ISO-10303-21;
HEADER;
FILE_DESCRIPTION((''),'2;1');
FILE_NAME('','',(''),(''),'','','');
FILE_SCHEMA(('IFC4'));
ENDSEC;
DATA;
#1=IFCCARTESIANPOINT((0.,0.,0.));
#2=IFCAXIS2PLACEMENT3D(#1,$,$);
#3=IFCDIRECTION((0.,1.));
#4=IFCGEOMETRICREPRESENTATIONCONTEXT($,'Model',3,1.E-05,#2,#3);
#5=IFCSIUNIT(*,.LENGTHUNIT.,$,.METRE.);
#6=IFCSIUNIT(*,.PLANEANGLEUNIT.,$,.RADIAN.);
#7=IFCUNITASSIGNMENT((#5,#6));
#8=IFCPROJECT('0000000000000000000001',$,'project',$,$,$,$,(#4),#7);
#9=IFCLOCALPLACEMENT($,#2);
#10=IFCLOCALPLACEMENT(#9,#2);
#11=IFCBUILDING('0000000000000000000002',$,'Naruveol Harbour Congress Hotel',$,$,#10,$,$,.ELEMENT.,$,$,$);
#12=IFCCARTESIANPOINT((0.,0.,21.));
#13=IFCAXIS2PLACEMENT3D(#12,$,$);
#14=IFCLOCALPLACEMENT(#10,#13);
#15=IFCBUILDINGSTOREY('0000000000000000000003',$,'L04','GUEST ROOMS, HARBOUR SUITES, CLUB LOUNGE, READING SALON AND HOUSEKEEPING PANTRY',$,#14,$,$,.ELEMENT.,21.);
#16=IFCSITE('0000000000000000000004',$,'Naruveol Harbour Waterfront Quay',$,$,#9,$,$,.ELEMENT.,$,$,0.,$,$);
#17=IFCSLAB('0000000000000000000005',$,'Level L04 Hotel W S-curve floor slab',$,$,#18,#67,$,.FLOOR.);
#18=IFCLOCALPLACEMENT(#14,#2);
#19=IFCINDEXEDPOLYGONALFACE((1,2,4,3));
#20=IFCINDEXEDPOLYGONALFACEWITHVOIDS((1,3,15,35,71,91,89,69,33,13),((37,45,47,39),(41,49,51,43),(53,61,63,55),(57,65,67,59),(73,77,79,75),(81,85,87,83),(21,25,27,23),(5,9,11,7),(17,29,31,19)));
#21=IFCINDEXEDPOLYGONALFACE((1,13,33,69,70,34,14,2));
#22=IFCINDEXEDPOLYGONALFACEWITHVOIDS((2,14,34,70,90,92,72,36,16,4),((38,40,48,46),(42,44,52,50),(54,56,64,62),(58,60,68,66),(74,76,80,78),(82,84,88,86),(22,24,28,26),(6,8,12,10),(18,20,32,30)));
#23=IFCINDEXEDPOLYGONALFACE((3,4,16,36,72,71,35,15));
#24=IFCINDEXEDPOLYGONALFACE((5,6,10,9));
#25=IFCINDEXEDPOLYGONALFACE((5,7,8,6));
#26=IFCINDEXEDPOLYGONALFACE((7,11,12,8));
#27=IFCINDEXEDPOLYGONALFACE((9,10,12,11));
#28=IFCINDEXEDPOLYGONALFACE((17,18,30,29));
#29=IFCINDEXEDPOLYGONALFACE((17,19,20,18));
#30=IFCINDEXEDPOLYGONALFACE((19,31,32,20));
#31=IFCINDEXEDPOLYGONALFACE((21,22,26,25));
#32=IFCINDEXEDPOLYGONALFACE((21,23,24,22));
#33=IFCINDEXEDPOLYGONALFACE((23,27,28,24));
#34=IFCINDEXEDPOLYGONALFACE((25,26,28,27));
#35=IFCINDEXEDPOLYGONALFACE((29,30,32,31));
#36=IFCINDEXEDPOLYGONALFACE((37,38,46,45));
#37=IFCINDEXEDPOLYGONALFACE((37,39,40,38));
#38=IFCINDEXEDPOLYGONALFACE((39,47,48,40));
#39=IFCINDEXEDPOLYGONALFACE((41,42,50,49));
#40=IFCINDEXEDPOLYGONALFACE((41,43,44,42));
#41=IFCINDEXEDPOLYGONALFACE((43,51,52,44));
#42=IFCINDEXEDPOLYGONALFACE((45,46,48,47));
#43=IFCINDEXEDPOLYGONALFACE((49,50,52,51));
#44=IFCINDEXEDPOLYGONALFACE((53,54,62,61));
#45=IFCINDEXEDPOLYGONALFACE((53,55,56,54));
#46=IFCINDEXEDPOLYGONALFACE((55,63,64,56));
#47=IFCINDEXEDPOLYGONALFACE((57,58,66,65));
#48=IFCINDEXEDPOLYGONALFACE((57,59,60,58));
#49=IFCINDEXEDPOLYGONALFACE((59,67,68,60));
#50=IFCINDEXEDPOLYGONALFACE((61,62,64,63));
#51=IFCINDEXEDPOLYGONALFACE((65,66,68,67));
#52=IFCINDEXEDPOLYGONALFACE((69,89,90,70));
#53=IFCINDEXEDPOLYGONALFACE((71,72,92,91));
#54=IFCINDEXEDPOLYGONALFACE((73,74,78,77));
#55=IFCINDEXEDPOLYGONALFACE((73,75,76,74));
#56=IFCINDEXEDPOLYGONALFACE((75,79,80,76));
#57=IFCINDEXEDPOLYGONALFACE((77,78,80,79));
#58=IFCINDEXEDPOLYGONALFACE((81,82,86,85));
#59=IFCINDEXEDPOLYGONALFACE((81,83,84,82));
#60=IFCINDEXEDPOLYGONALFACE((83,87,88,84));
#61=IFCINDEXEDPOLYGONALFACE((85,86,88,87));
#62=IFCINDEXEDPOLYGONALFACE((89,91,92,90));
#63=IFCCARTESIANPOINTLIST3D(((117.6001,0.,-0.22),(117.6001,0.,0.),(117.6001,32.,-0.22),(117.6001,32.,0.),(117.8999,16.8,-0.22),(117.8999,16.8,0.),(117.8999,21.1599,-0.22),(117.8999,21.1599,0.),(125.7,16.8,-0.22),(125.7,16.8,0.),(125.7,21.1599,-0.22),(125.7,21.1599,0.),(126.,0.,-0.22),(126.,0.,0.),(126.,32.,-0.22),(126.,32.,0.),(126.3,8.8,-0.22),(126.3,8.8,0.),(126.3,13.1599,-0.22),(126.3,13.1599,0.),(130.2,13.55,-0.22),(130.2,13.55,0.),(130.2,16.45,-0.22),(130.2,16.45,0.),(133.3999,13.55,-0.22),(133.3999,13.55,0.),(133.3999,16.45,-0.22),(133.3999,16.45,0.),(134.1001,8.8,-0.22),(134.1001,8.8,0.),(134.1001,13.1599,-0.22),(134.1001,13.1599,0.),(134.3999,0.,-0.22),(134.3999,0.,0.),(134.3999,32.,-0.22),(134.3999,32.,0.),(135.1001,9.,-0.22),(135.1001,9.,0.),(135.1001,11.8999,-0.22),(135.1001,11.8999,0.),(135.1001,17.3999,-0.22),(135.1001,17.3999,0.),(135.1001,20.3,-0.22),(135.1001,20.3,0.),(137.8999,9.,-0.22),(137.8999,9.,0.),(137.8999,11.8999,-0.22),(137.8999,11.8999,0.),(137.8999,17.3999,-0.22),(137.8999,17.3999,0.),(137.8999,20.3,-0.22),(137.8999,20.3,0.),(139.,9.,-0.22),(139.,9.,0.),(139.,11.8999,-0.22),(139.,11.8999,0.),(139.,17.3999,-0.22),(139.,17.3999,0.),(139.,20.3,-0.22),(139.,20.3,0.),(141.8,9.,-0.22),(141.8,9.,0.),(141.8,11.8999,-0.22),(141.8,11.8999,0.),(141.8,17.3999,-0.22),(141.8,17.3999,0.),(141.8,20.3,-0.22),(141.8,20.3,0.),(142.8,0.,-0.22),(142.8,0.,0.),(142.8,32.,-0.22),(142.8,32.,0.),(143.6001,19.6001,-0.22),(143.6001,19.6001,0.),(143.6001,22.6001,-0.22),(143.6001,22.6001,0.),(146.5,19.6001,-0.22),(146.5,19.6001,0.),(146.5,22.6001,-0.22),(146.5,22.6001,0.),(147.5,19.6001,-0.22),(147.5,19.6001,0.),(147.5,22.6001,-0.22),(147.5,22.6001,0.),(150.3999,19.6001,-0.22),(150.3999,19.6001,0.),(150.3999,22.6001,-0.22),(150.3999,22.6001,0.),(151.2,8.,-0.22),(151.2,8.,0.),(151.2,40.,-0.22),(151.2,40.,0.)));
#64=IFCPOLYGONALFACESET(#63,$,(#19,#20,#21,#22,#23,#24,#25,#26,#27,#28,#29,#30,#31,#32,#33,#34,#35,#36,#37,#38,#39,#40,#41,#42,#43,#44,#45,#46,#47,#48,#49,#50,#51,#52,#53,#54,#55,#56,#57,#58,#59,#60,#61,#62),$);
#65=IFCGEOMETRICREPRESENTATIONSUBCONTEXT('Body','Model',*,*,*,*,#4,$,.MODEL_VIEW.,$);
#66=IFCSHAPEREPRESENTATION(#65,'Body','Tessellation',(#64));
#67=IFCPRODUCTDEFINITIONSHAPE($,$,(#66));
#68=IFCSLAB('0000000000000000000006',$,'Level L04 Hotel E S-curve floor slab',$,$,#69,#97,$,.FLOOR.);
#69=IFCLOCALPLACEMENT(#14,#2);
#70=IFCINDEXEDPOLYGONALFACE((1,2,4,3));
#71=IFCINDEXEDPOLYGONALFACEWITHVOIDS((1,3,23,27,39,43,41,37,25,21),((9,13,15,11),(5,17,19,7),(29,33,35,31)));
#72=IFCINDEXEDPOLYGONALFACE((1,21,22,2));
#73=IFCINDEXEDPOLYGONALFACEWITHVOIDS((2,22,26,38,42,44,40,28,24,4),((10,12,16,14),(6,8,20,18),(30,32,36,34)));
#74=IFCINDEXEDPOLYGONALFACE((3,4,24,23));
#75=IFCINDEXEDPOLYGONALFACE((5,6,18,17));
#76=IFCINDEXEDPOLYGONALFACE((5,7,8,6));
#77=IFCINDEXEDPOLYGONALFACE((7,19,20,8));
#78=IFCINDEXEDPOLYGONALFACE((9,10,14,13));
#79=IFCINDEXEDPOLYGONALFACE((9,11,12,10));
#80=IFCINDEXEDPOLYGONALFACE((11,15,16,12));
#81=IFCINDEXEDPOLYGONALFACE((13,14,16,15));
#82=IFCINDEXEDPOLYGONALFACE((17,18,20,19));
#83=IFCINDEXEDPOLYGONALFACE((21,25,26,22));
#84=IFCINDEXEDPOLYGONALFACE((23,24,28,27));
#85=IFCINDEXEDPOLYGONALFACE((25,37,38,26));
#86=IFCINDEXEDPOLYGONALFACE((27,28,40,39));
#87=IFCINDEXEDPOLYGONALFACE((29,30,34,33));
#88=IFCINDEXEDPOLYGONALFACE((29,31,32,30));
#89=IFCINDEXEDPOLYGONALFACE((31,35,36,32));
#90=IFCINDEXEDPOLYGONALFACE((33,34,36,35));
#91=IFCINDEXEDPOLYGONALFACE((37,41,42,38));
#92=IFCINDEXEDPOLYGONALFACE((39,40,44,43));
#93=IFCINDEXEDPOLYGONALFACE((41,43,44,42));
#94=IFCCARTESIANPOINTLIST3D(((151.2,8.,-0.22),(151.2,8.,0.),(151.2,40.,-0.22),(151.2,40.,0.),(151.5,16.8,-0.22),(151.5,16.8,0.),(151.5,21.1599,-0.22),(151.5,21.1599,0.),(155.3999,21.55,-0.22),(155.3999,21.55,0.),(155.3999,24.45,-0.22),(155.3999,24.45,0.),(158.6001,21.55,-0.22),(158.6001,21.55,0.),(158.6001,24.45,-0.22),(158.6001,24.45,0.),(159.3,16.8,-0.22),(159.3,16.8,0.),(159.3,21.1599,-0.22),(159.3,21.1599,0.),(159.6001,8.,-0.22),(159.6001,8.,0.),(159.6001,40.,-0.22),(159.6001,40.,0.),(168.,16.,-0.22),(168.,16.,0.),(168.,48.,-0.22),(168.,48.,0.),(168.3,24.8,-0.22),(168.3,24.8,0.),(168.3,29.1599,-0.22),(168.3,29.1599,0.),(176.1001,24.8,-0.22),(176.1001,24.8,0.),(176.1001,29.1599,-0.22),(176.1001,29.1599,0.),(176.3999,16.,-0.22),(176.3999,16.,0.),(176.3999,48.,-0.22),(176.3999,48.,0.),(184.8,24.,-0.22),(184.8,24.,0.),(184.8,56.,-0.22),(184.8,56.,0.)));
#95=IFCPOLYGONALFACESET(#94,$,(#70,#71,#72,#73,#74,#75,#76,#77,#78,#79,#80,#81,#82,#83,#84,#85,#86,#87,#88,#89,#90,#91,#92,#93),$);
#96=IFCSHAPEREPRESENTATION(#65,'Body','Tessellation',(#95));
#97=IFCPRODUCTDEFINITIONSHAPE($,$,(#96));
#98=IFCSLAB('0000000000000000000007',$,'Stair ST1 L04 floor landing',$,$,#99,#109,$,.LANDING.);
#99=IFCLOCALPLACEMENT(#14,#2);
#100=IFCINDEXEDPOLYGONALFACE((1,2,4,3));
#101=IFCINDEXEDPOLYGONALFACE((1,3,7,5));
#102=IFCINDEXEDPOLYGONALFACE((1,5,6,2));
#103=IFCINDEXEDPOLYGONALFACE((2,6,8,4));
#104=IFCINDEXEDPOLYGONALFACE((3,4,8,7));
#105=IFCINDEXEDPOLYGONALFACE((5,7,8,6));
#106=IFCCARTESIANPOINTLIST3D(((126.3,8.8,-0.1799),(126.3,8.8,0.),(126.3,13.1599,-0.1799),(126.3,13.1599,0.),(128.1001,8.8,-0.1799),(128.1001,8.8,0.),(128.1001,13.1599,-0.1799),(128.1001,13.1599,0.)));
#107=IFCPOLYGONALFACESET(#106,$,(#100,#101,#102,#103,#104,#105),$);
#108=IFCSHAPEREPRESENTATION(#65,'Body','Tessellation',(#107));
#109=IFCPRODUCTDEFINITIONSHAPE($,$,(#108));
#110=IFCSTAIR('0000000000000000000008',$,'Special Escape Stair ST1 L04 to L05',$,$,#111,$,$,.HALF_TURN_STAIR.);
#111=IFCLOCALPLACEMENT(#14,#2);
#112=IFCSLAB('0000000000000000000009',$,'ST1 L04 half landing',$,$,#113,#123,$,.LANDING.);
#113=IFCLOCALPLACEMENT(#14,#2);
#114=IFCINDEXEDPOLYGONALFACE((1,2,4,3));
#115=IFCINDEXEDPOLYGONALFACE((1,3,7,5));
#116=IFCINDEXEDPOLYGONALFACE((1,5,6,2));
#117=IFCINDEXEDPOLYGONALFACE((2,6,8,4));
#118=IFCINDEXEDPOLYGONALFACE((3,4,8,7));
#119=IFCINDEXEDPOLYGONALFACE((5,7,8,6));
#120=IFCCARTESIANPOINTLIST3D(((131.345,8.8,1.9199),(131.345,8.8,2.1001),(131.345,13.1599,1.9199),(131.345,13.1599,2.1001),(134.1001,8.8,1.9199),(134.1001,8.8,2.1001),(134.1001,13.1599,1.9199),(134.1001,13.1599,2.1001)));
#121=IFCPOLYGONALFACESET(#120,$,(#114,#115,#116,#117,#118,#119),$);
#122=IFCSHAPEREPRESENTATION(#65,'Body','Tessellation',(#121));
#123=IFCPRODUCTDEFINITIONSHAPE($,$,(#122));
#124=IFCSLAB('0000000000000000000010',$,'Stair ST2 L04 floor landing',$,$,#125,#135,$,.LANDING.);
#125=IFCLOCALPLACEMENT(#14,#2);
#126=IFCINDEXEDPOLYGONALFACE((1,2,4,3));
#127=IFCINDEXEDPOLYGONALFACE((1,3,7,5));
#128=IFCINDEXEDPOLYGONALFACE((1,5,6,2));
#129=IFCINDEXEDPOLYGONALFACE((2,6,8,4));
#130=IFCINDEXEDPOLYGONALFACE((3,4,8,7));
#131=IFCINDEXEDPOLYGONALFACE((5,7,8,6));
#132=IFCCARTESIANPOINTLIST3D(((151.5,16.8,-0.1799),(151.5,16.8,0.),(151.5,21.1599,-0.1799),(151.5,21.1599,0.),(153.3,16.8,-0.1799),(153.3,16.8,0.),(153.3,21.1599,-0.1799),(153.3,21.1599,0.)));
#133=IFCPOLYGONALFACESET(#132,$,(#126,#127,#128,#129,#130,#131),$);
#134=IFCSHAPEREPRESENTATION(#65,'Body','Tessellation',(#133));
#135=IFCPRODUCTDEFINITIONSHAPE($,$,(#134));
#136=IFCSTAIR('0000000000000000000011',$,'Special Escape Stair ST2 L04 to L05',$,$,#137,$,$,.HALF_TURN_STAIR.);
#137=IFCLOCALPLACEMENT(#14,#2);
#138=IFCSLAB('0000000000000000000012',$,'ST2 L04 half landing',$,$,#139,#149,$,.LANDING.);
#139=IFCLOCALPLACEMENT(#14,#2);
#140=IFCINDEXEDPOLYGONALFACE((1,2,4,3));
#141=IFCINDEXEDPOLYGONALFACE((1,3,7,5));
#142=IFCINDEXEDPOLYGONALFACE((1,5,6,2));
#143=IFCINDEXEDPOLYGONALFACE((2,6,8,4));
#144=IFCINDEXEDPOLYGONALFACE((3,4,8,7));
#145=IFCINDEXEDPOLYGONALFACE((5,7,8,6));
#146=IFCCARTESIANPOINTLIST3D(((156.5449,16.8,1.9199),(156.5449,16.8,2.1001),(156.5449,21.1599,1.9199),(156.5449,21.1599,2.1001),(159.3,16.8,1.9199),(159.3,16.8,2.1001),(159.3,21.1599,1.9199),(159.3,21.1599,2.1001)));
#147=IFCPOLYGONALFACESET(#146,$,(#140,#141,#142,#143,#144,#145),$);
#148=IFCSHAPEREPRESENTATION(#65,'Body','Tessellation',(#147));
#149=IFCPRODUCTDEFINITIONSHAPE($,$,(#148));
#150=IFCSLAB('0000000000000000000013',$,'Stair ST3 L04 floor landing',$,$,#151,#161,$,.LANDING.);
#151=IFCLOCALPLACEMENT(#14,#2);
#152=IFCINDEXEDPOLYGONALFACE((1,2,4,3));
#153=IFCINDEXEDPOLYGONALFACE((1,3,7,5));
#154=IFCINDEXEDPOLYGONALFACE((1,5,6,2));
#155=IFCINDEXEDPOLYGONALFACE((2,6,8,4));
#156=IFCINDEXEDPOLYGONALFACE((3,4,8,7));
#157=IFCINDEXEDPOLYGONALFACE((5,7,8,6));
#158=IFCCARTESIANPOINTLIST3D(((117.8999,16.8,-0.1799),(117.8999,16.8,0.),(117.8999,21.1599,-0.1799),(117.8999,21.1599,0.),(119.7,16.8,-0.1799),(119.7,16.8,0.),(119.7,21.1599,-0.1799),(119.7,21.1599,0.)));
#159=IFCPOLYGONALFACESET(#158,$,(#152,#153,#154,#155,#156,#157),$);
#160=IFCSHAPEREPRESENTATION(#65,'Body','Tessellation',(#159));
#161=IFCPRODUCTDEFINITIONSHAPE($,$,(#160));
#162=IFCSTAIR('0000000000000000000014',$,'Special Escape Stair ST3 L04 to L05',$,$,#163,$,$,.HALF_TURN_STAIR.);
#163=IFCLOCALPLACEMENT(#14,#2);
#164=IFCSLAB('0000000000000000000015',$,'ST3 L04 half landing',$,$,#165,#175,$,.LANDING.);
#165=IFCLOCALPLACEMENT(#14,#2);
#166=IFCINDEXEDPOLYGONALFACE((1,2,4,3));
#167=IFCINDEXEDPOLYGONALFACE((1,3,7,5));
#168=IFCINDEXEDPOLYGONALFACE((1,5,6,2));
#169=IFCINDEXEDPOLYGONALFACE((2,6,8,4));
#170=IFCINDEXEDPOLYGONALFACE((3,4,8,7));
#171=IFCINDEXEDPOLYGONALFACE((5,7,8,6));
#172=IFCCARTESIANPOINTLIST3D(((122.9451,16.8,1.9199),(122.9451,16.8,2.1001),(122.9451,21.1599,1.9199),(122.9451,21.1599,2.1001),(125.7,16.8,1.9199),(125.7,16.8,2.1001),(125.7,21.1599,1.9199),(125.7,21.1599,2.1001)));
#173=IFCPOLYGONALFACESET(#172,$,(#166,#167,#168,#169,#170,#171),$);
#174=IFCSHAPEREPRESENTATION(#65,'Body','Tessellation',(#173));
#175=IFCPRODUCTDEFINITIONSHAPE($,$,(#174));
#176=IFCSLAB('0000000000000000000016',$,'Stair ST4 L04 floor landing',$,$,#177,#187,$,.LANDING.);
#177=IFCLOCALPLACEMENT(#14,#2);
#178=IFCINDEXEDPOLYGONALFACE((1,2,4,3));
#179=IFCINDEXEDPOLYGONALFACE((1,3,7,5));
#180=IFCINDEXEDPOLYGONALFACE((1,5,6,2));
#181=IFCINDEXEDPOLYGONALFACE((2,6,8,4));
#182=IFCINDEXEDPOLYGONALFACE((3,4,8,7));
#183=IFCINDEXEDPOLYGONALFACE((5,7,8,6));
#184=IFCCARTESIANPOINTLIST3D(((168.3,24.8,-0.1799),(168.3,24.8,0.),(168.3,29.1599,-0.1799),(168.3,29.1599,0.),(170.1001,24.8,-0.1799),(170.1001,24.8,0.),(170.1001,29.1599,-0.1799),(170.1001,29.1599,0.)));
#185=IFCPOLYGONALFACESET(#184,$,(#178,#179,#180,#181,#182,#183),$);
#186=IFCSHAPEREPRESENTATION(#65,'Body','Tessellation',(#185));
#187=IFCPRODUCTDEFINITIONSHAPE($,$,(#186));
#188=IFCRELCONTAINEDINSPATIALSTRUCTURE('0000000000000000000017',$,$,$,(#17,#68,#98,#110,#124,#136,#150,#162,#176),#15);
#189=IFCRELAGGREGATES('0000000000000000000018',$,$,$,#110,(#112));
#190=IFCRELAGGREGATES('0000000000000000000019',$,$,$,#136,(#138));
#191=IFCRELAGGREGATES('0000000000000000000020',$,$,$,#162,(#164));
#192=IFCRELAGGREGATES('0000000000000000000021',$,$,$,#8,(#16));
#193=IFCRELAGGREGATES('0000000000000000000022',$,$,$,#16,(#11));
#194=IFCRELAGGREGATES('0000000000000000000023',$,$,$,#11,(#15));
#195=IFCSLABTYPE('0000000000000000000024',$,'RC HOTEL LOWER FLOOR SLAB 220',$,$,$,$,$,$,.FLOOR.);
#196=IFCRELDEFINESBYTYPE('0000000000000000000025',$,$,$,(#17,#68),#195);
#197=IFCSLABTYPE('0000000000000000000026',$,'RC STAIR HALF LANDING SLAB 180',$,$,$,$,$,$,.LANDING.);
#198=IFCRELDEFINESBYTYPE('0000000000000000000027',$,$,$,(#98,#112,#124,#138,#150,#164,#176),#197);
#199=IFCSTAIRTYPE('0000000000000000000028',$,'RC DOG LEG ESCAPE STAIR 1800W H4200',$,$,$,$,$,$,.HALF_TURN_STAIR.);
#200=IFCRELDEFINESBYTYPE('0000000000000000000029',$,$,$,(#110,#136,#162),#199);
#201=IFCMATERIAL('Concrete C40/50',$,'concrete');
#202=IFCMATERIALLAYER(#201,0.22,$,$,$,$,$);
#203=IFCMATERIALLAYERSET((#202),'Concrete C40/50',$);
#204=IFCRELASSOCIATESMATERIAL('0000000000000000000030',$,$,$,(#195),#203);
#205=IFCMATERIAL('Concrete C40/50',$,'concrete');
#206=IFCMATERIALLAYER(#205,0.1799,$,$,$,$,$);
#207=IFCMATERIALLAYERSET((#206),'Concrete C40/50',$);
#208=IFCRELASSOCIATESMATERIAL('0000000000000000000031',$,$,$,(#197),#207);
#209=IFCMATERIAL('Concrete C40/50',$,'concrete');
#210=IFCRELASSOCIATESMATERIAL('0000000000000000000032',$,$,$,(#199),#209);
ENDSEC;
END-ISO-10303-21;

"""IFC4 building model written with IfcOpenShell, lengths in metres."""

from ifc_helpers import new_model, si_unit, direction, frame, origin, place, context, subcontext, project, spatial, polyline, outline, extrude, material, layer, layer_set, type_object, element, aggregate, save


model = new_model("IFC4")

# Units and contexts
model_context = context("Model", 3, precision=1e-05, world=origin(), true_north=direction((0.0, 1.0)))
body_context = subcontext(model_context, "Body", "Model", "MODEL_VIEW")
ifc_project = project(units=[si_unit("LENGTHUNIT", "METRE"), si_unit("PLANEANGLEUNIT", "RADIAN")], contexts=[model_context])

# Site, building, storey
site_placement = place(None, origin())
site = spatial("IfcSite", under=ifc_project, at=site_placement, Name="Naruveol Harbour Waterfront Quay", CompositionType="ELEMENT", RefElevation=0.0)
building_placement = place(site_placement, origin())
building = spatial("IfcBuilding", under=site, at=building_placement, Name="Naruveol Harbour Congress Hotel", CompositionType="ELEMENT")
storey_placement = place(building_placement, frame((0.0, 0.0, 21.0)))
storey = spatial("IfcBuildingStorey", under=building, at=storey_placement, Name="L04", Description="GUEST ROOMS, HARBOUR SUITES, CLUB LOUNGE, READING SALON AND HOUSEKEEPING PANTRY", CompositionType="ELEMENT", Elevation=21.0)

# Slabs
ifc_material_1 = material(Name="Concrete C40/50", Category="concrete")
ifc_layer_1 = layer(ifc_material_1, 0.22)
ifc_layer_set_1 = layer_set([ifc_layer_1], Name="Concrete C40/50")
slab_type_1 = type_object("IfcSlabType", Name="RC HOTEL LOWER FLOOR SLAB 220", PredefinedType="FLOOR", material=ifc_layer_set_1)
slab_1_placement = place(storey_placement, frame((0.0, 0.0, -0.22)))
element("IfcSlab", 1, at=slab_1_placement, inside=storey, type_object=slab_type_1, Name="Level L04 Hotel W S-curve floor slab", PredefinedType="FLOOR", context=body_context, shape_type="SweptSolid", body=[
    extrude(outline(polyline([(117.6001, 0.0), (126.0, 0.0), (134.3999, 0.0), (142.8, 0.0), (151.2, 8.0), (151.2, 40.0), (142.8, 32.0), (134.3999, 32.0), (126.0, 32.0), (117.6001, 32.0), (117.6001, 0.0)]), holes=[polyline([(126.3, 8.8), (134.1001, 8.8), (134.1001, 13.1599), (126.3, 13.1599), (126.3, 8.8)]), polyline([(117.8999, 16.8), (125.7, 16.8), (125.7, 21.1599), (117.8999, 21.1599), (117.8999, 16.8)]), polyline([(135.1001, 17.3999), (137.8999, 17.3999), (137.8999, 20.3), (135.1001, 20.3), (135.1001, 17.3999)]), polyline([(139.0, 17.3999), (141.8, 17.3999), (141.8, 20.3), (139.0, 20.3), (139.0, 17.3999)]), polyline([(135.1001, 9.0), (137.8999, 9.0), (137.8999, 11.8999), (135.1001, 11.8999), (135.1001, 9.0)]), polyline([(139.0, 9.0), (141.8, 9.0), (141.8, 11.8999), (139.0, 11.8999), (139.0, 9.0)]), polyline([(130.2, 13.55), (133.3999, 13.55), (133.3999, 16.45), (130.2, 16.45), (130.2, 13.55)]), polyline([(143.6001, 19.6001), (146.5, 19.6001), (146.5, 22.6001), (143.6001, 22.6001), (143.6001, 19.6001)]), polyline([(147.5, 19.6001), (150.3999, 19.6001), (150.3999, 22.6001), (147.5, 22.6001), (147.5, 19.6001)])]), origin(), (0.0, 0.0, 1.0), 0.22),
])
slab_2_placement = place(storey_placement, frame((0.0, 0.0, -0.22)))
element("IfcSlab", 2, at=slab_2_placement, inside=storey, type_object=slab_type_1, Name="Level L04 Hotel E S-curve floor slab", PredefinedType="FLOOR", context=body_context, shape_type="SweptSolid", body=[
    extrude(outline(polyline([(151.2, 8.0), (159.6001, 8.0), (168.0, 16.0), (176.3999, 16.0), (184.8, 24.0), (184.8, 56.0), (176.3999, 48.0), (168.0, 48.0), (159.6001, 40.0), (151.2, 40.0), (151.2, 8.0)]), holes=[polyline([(151.5, 16.8), (159.3, 16.8), (159.3, 21.1599), (151.5, 21.1599), (151.5, 16.8)]), polyline([(168.3, 24.8), (176.1001, 24.8), (176.1001, 29.1599), (168.3, 29.1599), (168.3, 24.8)]), polyline([(155.3999, 21.55), (158.6001, 21.55), (158.6001, 24.45), (155.3999, 24.45), (155.3999, 21.55)])]), origin(), (0.0, 0.0, 1.0), 0.22),
])

# Slab
ifc_material_2 = material(Name="Concrete C40/50", Category="concrete")
ifc_layer_2 = layer(ifc_material_2, 0.1799)
ifc_layer_set_2 = layer_set([ifc_layer_2], Name="Concrete C40/50")
slab_type_2 = type_object("IfcSlabType", Name="RC STAIR HALF LANDING SLAB 180", PredefinedType="LANDING", material=ifc_layer_set_2)
slab_3_placement = place(storey_placement, frame((0.0, 0.0, -0.1799)))
element("IfcSlab", 3, at=slab_3_placement, inside=storey, type_object=slab_type_2, Name="Stair ST1 L04 floor landing", PredefinedType="LANDING", context=body_context, shape_type="SweptSolid", body=[
    extrude(outline(polyline([(126.3, 8.8), (128.1001, 8.8), (128.1001, 13.1599), (126.3, 13.1599), (126.3, 8.8)])), origin(), (0.0, 0.0, 1.0), 0.1799),
])

# Stair, slab
ifc_material_3 = material(Name="Concrete C40/50", Category="concrete")
stair_type = type_object("IfcStairType", Name="RC DOG LEG ESCAPE STAIR 1800W H4200", PredefinedType="HALF_TURN_STAIR", material=ifc_material_3)
stair_1_placement = place(storey_placement, origin())
stair_1 = element("IfcStair", 4, at=stair_1_placement, inside=storey, type_object=stair_type, Name="Special Escape Stair ST1 L04 to L05", PredefinedType="HALF_TURN_STAIR")
slab_4_placement = place(storey_placement, frame((0.0, 0.0, 1.9199)))
slab_4 = element("IfcSlab", 5, at=slab_4_placement, type_object=slab_type_2, Name="ST1 L04 half landing", PredefinedType="LANDING", context=body_context, shape_type="SweptSolid", body=[
    extrude(outline(polyline([(131.345, 8.8), (134.1001, 8.8), (134.1001, 13.1599), (131.345, 13.1599), (131.345, 8.8)])), origin(), (0.0, 0.0, 1.0), 0.1802),
])
aggregate(stair_1, [slab_4])

# Slab
slab_5_placement = place(storey_placement, frame((0.0, 0.0, -0.1799)))
element("IfcSlab", 6, at=slab_5_placement, inside=storey, type_object=slab_type_2, Name="Stair ST2 L04 floor landing", PredefinedType="LANDING", context=body_context, shape_type="SweptSolid", body=[
    extrude(outline(polyline([(151.5, 16.8), (153.3, 16.8), (153.3, 21.1599), (151.5, 21.1599), (151.5, 16.8)])), origin(), (0.0, 0.0, 1.0), 0.1799),
])

# Stair, slab
stair_2_placement = place(storey_placement, origin())
stair_2 = element("IfcStair", 7, at=stair_2_placement, inside=storey, type_object=stair_type, Name="Special Escape Stair ST2 L04 to L05", PredefinedType="HALF_TURN_STAIR")
slab_6_placement = place(storey_placement, frame((0.0, 0.0, 1.9199)))
slab_6 = element("IfcSlab", 8, at=slab_6_placement, type_object=slab_type_2, Name="ST2 L04 half landing", PredefinedType="LANDING", context=body_context, shape_type="SweptSolid", body=[
    extrude(outline(polyline([(156.5449, 16.8), (159.3, 16.8), (159.3, 21.1599), (156.5449, 21.1599), (156.5449, 16.8)])), origin(), (0.0, 0.0, 1.0), 0.1802),
])
aggregate(stair_2, [slab_6])

# Slab
slab_7_placement = place(storey_placement, frame((0.0, 0.0, -0.1799)))
element("IfcSlab", 9, at=slab_7_placement, inside=storey, type_object=slab_type_2, Name="Stair ST3 L04 floor landing", PredefinedType="LANDING", context=body_context, shape_type="SweptSolid", body=[
    extrude(outline(polyline([(117.8999, 16.8), (119.7, 16.8), (119.7, 21.1599), (117.8999, 21.1599), (117.8999, 16.8)])), origin(), (0.0, 0.0, 1.0), 0.1799),
])

# Stair, slab
stair_3_placement = place(storey_placement, origin())
stair_3 = element("IfcStair", 10, at=stair_3_placement, inside=storey, type_object=stair_type, Name="Special Escape Stair ST3 L04 to L05", PredefinedType="HALF_TURN_STAIR")
slab_8_placement = place(storey_placement, frame((0.0, 0.0, 1.9199)))
slab_8 = element("IfcSlab", 11, at=slab_8_placement, type_object=slab_type_2, Name="ST3 L04 half landing", PredefinedType="LANDING", context=body_context, shape_type="SweptSolid", body=[
    extrude(outline(polyline([(122.9451, 16.8), (125.7, 16.8), (125.7, 21.1599), (122.9451, 21.1599), (122.9451, 16.8)])), origin(), (0.0, 0.0, 1.0), 0.1802),
])
aggregate(stair_3, [slab_8])

# Slab
slab_9_placement = place(storey_placement, frame((0.0, 0.0, -0.1799)))
element("IfcSlab", 12, at=slab_9_placement, inside=storey, type_object=slab_type_2, Name="Stair ST4 L04 floor landing", PredefinedType="LANDING", context=body_context, shape_type="SweptSolid", body=[
    extrude(outline(polyline([(168.3, 24.8), (170.1001, 24.8), (170.1001, 29.1599), (168.3, 29.1599), (168.3, 24.8)])), origin(), (0.0, 0.0, 1.0), 0.1799),
])

save(model, "model.ifc")
